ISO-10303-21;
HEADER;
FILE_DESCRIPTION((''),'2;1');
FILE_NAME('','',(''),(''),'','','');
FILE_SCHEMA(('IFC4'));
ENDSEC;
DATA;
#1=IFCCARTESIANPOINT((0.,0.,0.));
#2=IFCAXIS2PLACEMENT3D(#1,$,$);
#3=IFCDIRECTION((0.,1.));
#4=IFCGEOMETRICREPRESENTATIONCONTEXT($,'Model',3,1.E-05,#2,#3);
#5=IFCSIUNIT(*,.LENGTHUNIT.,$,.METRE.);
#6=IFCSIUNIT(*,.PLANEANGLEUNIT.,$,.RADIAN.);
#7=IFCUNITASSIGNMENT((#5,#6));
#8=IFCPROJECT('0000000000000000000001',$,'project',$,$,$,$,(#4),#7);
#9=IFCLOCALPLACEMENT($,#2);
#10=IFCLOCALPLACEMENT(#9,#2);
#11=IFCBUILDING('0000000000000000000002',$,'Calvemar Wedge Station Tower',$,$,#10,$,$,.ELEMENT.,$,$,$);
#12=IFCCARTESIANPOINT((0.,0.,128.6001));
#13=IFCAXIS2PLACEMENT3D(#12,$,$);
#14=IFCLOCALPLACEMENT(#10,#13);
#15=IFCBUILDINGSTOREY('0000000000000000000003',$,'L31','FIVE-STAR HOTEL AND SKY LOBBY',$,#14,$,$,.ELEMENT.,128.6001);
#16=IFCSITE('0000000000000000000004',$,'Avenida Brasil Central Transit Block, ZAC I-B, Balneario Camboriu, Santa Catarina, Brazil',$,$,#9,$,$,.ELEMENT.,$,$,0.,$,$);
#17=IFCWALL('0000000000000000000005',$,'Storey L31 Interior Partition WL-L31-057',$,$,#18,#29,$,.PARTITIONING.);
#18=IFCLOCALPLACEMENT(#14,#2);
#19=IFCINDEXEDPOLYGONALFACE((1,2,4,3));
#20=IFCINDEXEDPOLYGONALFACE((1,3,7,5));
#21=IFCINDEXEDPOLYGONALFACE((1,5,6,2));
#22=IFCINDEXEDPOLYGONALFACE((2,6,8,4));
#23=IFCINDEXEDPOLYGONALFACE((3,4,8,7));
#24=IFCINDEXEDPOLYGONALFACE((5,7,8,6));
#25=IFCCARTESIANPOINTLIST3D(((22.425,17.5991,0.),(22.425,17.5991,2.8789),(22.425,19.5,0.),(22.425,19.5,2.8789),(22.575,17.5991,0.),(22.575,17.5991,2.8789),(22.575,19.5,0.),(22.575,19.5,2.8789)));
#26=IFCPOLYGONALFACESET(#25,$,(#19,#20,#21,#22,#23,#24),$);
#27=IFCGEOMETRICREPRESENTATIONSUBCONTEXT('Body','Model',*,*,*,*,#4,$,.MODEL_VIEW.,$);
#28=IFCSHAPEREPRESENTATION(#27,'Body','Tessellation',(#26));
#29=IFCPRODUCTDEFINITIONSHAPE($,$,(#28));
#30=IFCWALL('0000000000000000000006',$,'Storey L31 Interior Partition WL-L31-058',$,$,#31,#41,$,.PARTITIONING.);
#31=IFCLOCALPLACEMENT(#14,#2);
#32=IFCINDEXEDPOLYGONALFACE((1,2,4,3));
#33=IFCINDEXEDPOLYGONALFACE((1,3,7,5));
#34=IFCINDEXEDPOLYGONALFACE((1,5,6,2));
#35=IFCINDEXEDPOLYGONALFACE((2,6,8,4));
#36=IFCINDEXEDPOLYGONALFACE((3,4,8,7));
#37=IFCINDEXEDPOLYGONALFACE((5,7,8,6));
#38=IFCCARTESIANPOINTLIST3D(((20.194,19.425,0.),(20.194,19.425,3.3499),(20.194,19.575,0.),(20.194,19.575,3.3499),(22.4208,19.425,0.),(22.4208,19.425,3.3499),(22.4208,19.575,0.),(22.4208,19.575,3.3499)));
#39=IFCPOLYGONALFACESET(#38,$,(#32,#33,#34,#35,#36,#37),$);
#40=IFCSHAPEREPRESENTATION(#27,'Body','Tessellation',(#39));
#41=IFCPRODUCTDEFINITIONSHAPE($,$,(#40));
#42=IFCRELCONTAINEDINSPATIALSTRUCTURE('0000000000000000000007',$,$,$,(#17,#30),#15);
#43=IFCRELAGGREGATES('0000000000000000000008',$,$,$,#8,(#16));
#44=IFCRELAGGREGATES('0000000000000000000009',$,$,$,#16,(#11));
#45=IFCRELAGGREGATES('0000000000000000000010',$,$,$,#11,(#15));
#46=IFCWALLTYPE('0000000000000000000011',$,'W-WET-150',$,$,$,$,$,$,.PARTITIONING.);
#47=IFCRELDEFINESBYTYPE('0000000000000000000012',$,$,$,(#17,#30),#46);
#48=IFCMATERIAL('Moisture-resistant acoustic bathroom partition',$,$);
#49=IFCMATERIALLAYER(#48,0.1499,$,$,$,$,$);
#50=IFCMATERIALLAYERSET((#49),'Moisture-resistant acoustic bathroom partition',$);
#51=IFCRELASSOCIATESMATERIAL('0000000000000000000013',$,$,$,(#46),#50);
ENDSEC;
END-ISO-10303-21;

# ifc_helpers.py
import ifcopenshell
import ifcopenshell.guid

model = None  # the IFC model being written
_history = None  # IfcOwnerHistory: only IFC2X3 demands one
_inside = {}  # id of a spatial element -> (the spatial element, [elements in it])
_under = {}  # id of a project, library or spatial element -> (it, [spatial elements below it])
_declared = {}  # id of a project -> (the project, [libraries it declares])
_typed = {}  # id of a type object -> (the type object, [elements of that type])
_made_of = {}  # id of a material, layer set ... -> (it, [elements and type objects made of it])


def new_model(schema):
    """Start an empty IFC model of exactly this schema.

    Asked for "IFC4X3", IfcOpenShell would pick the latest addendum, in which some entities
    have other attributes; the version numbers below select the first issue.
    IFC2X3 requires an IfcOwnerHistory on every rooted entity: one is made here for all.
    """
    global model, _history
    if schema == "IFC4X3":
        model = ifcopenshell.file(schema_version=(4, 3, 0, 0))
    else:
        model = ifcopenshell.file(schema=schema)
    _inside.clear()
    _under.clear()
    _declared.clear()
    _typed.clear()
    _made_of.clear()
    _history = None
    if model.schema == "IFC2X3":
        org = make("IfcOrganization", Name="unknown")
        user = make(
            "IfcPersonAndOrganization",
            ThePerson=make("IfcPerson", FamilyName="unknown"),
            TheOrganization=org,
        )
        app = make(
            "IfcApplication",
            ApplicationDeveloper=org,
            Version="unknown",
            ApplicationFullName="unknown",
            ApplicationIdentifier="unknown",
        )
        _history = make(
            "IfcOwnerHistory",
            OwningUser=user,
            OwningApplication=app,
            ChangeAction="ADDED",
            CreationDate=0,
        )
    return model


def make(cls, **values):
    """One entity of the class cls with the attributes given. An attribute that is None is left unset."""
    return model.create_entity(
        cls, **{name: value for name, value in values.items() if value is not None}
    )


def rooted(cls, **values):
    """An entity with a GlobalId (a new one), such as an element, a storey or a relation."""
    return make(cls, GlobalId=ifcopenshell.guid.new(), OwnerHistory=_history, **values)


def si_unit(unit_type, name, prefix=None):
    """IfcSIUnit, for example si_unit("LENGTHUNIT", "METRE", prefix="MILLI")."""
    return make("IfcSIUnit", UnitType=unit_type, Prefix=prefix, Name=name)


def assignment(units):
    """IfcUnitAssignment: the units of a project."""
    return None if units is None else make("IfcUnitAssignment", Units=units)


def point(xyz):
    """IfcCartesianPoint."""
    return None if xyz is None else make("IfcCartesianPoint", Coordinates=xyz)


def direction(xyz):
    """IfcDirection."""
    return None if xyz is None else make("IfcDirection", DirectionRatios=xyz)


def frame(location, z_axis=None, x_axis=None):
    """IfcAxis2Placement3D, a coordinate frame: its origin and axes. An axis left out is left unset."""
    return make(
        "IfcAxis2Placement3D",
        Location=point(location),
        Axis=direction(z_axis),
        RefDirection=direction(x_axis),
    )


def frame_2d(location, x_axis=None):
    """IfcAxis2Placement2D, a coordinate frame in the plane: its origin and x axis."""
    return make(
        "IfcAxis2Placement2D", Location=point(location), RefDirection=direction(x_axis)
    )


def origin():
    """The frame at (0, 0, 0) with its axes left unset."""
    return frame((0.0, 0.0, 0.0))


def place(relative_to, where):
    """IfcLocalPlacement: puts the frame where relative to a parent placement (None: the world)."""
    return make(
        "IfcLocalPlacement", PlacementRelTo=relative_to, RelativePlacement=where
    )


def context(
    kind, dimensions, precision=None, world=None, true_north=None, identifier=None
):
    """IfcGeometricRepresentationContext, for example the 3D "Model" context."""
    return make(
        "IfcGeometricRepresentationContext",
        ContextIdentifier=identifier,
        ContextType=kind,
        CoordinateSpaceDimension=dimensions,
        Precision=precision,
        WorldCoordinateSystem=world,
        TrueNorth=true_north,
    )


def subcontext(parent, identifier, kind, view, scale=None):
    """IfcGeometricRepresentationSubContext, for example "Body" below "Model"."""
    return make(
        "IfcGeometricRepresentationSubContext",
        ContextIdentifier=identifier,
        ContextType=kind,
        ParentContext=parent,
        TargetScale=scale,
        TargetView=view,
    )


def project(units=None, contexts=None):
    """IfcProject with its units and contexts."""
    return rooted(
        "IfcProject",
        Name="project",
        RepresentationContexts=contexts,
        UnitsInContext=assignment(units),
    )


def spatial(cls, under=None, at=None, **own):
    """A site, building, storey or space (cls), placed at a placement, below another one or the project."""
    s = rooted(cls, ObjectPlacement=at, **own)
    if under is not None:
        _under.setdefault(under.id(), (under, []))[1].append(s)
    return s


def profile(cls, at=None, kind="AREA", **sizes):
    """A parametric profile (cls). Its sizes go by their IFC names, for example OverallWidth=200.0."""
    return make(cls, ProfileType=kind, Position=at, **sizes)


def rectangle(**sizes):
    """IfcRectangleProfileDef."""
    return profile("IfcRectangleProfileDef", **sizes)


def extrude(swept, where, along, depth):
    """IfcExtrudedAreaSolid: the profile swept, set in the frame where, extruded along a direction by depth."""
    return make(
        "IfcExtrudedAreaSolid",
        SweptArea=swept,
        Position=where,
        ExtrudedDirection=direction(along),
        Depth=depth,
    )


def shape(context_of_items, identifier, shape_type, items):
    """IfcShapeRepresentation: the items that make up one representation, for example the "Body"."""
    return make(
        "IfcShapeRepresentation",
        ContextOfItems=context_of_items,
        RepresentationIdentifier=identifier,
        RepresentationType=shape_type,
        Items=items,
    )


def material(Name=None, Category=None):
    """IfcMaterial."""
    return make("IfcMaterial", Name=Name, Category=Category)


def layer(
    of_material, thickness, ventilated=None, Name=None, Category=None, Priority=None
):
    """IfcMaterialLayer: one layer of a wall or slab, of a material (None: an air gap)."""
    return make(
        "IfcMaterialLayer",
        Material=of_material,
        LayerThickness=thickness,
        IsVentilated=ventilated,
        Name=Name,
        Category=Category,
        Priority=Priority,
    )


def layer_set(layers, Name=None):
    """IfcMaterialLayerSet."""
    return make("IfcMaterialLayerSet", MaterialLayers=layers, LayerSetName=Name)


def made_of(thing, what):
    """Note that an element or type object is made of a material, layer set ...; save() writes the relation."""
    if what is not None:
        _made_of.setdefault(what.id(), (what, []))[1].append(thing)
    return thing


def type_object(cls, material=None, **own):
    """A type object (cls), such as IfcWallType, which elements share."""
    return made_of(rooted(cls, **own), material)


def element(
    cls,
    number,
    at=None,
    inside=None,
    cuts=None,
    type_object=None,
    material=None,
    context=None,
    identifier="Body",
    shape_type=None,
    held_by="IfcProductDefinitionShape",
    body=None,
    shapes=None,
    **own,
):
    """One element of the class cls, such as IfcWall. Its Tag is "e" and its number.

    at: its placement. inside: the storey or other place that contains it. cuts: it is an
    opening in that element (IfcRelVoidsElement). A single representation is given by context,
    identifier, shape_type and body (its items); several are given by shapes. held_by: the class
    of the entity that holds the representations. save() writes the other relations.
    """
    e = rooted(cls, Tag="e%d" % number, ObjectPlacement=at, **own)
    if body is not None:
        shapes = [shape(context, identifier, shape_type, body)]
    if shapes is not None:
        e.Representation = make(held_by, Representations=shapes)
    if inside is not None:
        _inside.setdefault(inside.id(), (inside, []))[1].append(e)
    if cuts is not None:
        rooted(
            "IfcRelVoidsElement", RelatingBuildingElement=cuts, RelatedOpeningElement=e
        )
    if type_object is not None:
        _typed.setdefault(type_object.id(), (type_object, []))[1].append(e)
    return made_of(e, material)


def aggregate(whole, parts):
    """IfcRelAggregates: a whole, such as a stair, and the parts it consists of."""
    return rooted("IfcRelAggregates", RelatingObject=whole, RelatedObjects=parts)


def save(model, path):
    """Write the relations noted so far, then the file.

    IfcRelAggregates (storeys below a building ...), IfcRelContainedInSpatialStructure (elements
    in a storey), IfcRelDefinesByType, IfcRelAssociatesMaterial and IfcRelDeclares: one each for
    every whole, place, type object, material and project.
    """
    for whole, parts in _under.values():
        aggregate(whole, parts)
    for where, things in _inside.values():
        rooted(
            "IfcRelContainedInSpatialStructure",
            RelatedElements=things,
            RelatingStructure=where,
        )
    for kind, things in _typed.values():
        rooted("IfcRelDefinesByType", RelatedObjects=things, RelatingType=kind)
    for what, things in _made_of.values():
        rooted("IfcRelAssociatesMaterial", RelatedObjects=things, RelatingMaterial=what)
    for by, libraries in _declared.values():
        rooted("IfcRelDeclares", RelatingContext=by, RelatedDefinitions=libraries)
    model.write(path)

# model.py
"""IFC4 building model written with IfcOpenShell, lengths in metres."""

from ifc_helpers import new_model, si_unit, direction, frame, frame_2d, origin, place, context, subcontext, project, spatial, rectangle, extrude, material, layer, layer_set, type_object, element, save


model = new_model("IFC4")

# Units and contexts
model_context = context("Model", 3, precision=1e-05, world=origin(), true_north=direction((0.0, 1.0)))
body_context = subcontext(model_context, "Body", "Model", "MODEL_VIEW")
ifc_project = project(units=[si_unit("LENGTHUNIT", "METRE"), si_unit("PLANEANGLEUNIT", "RADIAN")], contexts=[model_context])

# Site, building, storey
site_placement = place(None, origin())
site = spatial("IfcSite", under=ifc_project, at=site_placement, Name="Avenida Brasil Central Transit Block, ZAC I-B, Balneario Camboriu, Santa Catarina, Brazil", CompositionType="ELEMENT", RefElevation=0.0)
building_placement = place(site_placement, origin())
building = spatial("IfcBuilding", under=site, at=building_placement, Name="Calvemar Wedge Station Tower", CompositionType="ELEMENT")
storey_placement = place(building_placement, frame((0.0, 0.0, 128.6001)))
storey = spatial("IfcBuildingStorey", under=building, at=storey_placement, Name="L31", Description="FIVE-STAR HOTEL AND SKY LOBBY", CompositionType="ELEMENT", Elevation=128.6001)

# Shared definitions
ifc_material_1 = material(Name="Moisture-resistant acoustic bathroom partition")
ifc_layer_1 = layer(ifc_material_1, 0.1499)
ifc_layer_set_1 = layer_set([ifc_layer_1], Name="Moisture-resistant acoustic bathroom partition")
wall_type_1 = type_object("IfcWallType", Name="W-WET-150", PredefinedType="PARTITIONING", material=ifc_layer_set_1)

# Walls
wall_1_placement = place(storey_placement, frame((22.5, 19.5, 0.0), z_axis=(0.0, 0.0, 1.0), x_axis=(0.0, -1.0, 0.0)))
element("IfcWall", 1, at=wall_1_placement, inside=storey, type_object=wall_type_1, Name="Storey L31 Interior Partition WL-L31-057", PredefinedType="PARTITIONING", context=body_context, shape_type="SweptSolid", body=[
    extrude(rectangle(XDim=1.9009, YDim=0.1499, at=frame_2d((0.9504, 0.0))), origin(), (0.0, 0.0, 1.0), 2.8789),
])
wall_2_placement = place(storey_placement, frame((20.1941, 19.5, 0.0), z_axis=(0.0, 0.0, 1.0), x_axis=(1.0, 0.0, 0.0)))
element("IfcWall", 2, at=wall_2_placement, inside=storey, type_object=wall_type_1, Name="Storey L31 Interior Partition WL-L31-058", PredefinedType="PARTITIONING", context=body_context, shape_type="SweptSolid", body=[
    extrude(rectangle(XDim=2.2268, YDim=0.1499, at=frame_2d((1.1133, 0.0))), origin(), (0.0, 0.0, 1.0), 3.3499),
])

save(model, "model.ifc")
